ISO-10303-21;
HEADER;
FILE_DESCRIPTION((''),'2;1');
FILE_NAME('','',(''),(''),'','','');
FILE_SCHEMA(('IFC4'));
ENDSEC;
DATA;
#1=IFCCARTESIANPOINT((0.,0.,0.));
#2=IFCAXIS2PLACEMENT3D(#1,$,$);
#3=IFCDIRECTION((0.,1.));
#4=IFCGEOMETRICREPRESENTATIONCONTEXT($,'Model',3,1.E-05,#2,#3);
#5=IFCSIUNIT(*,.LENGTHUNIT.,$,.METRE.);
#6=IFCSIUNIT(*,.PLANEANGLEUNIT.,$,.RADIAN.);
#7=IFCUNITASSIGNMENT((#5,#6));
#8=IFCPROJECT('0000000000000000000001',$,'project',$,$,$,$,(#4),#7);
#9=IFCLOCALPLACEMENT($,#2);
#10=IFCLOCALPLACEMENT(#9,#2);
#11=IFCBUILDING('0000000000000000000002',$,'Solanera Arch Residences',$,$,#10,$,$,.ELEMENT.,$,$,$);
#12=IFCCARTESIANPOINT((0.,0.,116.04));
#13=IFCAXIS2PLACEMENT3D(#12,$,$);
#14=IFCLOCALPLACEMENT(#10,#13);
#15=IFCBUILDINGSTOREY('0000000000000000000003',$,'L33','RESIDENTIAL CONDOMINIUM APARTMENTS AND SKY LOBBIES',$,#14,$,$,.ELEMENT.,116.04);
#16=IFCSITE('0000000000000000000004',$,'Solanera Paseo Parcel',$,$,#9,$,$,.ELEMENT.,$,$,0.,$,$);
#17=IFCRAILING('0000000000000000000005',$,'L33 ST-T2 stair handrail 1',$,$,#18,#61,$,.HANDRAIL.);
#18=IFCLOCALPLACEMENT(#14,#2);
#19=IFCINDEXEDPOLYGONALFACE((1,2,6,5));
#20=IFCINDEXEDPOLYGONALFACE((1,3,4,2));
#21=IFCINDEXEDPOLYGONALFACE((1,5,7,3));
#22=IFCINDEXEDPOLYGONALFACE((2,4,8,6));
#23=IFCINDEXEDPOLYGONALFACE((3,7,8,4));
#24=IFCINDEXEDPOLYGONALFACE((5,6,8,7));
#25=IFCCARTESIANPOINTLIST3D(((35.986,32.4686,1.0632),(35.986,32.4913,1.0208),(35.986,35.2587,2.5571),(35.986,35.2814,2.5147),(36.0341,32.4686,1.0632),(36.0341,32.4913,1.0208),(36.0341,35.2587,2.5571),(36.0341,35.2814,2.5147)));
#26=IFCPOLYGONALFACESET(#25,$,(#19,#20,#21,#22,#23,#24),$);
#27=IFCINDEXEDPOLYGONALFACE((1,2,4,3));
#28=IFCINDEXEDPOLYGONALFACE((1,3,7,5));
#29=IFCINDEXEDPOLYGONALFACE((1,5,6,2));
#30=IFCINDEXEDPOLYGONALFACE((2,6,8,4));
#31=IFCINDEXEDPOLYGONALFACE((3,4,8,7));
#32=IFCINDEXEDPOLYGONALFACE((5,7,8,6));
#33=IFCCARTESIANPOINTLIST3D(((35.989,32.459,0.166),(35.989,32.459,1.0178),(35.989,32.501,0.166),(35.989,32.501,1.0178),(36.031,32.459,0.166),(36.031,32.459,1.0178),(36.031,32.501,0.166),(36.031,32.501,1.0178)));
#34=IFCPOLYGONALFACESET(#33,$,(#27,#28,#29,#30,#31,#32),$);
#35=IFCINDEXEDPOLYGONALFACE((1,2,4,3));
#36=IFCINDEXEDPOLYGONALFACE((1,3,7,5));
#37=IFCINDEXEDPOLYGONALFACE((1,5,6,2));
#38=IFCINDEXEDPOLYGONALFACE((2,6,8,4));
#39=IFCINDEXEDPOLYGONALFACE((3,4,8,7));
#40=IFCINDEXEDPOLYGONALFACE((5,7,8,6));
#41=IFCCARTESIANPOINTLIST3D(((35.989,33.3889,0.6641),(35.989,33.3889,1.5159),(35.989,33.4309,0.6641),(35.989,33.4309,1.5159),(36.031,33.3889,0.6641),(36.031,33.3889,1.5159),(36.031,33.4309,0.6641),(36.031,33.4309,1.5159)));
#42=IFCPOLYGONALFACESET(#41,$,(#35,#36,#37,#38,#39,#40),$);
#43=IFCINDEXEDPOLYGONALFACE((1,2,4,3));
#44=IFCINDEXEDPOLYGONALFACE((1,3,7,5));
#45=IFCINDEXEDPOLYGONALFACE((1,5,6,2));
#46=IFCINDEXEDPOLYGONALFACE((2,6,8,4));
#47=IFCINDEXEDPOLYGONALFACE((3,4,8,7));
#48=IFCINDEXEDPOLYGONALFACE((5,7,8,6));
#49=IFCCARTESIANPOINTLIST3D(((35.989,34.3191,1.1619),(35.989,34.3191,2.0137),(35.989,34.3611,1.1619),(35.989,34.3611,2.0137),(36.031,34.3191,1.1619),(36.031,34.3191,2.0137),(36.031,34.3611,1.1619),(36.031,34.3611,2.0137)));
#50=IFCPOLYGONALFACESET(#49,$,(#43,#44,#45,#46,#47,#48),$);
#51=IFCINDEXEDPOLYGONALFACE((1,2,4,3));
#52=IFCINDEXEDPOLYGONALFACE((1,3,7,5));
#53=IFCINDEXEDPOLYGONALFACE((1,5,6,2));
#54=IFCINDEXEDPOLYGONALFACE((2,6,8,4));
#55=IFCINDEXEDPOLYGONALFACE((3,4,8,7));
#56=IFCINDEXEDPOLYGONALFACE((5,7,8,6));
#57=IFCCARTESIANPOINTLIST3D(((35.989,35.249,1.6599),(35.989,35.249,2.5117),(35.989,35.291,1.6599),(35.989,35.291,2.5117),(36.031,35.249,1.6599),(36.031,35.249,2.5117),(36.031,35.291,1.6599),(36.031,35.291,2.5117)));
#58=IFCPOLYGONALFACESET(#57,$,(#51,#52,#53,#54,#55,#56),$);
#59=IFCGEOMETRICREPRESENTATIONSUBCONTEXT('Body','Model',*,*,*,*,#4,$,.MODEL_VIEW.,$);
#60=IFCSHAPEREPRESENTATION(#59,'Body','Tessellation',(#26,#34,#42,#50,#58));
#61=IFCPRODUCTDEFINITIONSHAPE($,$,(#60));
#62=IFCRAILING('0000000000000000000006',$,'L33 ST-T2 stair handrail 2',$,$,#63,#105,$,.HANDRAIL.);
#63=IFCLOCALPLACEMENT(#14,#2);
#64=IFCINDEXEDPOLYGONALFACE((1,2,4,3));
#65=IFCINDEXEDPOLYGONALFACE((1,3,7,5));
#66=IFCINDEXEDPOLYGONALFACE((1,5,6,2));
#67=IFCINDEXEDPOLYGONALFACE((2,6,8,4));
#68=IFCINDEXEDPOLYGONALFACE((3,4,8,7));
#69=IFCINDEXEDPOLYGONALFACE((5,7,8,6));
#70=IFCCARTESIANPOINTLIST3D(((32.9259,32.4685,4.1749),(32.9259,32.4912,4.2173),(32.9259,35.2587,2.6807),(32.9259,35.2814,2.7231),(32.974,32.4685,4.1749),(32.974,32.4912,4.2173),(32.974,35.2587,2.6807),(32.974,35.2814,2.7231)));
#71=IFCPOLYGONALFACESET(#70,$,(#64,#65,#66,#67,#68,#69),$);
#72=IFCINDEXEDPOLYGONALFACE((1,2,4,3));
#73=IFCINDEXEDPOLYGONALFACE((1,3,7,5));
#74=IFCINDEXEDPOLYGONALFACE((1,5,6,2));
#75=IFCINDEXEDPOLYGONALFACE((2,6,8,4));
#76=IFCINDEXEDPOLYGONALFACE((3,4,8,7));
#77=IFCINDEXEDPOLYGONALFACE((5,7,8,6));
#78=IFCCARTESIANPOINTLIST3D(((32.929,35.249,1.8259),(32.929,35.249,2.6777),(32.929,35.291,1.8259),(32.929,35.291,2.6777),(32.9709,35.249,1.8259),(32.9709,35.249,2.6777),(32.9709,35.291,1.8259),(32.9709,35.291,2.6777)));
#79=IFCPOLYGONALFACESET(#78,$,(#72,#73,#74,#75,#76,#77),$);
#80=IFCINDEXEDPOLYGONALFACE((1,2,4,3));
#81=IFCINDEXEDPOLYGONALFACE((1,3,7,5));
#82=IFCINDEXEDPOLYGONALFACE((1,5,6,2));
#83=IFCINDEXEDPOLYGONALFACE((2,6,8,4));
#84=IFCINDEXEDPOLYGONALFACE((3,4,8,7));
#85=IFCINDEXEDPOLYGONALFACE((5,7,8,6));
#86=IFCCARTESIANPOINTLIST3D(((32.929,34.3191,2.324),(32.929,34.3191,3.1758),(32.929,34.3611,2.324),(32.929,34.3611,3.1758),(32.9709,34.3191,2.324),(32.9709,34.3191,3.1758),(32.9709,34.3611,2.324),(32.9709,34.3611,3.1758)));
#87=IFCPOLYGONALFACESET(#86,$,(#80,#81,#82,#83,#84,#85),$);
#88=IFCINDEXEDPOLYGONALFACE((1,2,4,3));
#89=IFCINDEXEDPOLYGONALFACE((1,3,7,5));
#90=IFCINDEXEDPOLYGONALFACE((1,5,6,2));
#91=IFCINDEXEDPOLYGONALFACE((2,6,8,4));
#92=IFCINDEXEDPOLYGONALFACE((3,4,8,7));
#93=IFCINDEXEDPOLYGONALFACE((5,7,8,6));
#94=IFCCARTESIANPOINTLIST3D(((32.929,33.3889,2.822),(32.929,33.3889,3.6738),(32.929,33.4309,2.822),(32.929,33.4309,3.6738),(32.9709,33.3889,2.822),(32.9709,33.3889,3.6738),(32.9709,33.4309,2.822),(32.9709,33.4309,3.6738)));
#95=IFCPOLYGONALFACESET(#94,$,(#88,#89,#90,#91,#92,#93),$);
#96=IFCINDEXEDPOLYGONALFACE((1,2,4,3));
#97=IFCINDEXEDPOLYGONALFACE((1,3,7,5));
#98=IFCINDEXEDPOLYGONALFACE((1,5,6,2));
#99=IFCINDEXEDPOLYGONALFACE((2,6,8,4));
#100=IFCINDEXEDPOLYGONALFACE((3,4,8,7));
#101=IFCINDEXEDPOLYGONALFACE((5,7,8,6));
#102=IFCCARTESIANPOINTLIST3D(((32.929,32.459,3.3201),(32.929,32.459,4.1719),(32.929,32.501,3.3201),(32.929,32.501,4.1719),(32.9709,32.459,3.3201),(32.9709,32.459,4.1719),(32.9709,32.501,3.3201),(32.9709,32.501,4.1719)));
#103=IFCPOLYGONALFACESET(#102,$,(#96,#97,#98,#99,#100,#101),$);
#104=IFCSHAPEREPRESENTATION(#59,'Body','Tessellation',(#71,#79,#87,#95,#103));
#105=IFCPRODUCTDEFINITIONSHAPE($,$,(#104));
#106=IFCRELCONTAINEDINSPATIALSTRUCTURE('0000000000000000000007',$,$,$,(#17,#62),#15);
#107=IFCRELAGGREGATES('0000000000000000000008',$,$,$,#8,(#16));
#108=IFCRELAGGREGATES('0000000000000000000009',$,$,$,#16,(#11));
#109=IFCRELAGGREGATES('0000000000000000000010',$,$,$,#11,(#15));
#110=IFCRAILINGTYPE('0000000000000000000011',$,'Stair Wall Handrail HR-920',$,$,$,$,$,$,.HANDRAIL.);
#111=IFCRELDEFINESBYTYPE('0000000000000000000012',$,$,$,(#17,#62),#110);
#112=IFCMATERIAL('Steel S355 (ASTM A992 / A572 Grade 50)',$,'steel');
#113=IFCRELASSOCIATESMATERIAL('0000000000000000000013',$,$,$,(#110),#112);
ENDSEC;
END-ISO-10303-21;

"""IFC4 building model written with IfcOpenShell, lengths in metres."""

from ifc_helpers import new_model, si_unit, direction, frame, origin, origin_2d, place, context, subcontext, project, spatial, rectangle, extrude, material, type_object, element, save


model = new_model("IFC4")

# Units and contexts
model_context = context("Model", 3, precision=1e-05, world=origin(), true_north=direction((0.0, 1.0)))
body_context = subcontext(model_context, "Body", "Model", "MODEL_VIEW")
ifc_project = project(units=[si_unit("LENGTHUNIT", "METRE"), si_unit("PLANEANGLEUNIT", "RADIAN")], contexts=[model_context])

# Site, building, storey
site_placement = place(None, origin())
site = spatial("IfcSite", under=ifc_project, at=site_placement, Name="Solanera Paseo Parcel", CompositionType="ELEMENT", RefElevation=0.0)
building_placement = place(site_placement, origin())
building = spatial("IfcBuilding", under=site, at=building_placement, Name="Solanera Arch Residences", CompositionType="ELEMENT")
storey_placement = place(building_placement, frame((0.0, 0.0, 116.04)))
storey = spatial("IfcBuildingStorey", under=building, at=storey_placement, Name="L33", Description="RESIDENTIAL CONDOMINIUM APARTMENTS AND SKY LOBBIES", CompositionType="ELEMENT", Elevation=116.04)

# Railings
ifc_material_1 = material(Name="Steel S355 (ASTM A992 / A572 Grade 50)", Category="steel")
railing_type_1 = type_object("IfcRailingType", Name="Stair Wall Handrail HR-920", PredefinedType="HANDRAIL", material=ifc_material_1)
railing_1_placement = place(storey_placement, frame((36.01, 32.48, 0.166)))
element("IfcRailing", 1, at=railing_1_placement, inside=storey, type_object=railing_type_1, Name="L33 ST-T2 stair handrail 1", PredefinedType="HANDRAIL", context=body_context, shape_type="SweptSolid", body=[
    extrude(rectangle(XDim=0.0481, YDim=0.0481, at=origin_2d()), frame((0.0, 0.0, 0.876), z_axis=(0.0, 0.881581, 0.472033), x_axis=(-1.0, 0.0, 0.0)), (0.0, 0.0, 1.0), 3.1648),
    extrude(rectangle(XDim=0.042, YDim=0.042, at=origin_2d()), origin(), (0.0, 0.0, 1.0), 0.8518),
    extrude(rectangle(XDim=0.042, YDim=0.042, at=origin_2d()), frame((0.0, 0.9299, 0.498)), (0.0, 0.0, 1.0), 0.8518),
    extrude(rectangle(XDim=0.042, YDim=0.042, at=origin_2d()), frame((0.0, 1.8601, 0.9958)), (0.0, 0.0, 1.0), 0.8518),
    extrude(rectangle(XDim=0.042, YDim=0.042, at=origin_2d()), frame((0.0, 2.79, 1.4939)), (0.0, 0.0, 1.0), 0.8518),
])
railing_2_placement = place(storey_placement, frame((32.95, 35.27, 1.8259)))
element("IfcRailing", 2, at=railing_2_placement, inside=storey, type_object=railing_type_1, Name="L33 ST-T2 stair handrail 2", PredefinedType="HANDRAIL", context=body_context, shape_type="SweptSolid", body=[
    extrude(rectangle(XDim=0.0481, YDim=0.0481, at=origin_2d()), frame((0.0, 0.0, 0.876), z_axis=(0.0, -0.881549, 0.472093), x_axis=(1.0, 0.0, 0.0)), (0.0, 0.0, 1.0), 3.165),
    extrude(rectangle(XDim=0.042, YDim=0.042, at=origin_2d()), origin(), (0.0, 0.0, 1.0), 0.8518),
    extrude(rectangle(XDim=0.042, YDim=0.042, at=origin_2d()), frame((0.0, -0.9299, 0.498)), (0.0, 0.0, 1.0), 0.8518),
    extrude(rectangle(XDim=0.042, YDim=0.042, at=origin_2d()), frame((0.0, -1.8601, 0.9961)), (0.0, 0.0, 1.0), 0.8518),
    extrude(rectangle(XDim=0.042, YDim=0.042, at=origin_2d()), frame((0.0, -2.79, 1.4941)), (0.0, 0.0, 1.0), 0.8518),
])

save(model, "model.ifc")
